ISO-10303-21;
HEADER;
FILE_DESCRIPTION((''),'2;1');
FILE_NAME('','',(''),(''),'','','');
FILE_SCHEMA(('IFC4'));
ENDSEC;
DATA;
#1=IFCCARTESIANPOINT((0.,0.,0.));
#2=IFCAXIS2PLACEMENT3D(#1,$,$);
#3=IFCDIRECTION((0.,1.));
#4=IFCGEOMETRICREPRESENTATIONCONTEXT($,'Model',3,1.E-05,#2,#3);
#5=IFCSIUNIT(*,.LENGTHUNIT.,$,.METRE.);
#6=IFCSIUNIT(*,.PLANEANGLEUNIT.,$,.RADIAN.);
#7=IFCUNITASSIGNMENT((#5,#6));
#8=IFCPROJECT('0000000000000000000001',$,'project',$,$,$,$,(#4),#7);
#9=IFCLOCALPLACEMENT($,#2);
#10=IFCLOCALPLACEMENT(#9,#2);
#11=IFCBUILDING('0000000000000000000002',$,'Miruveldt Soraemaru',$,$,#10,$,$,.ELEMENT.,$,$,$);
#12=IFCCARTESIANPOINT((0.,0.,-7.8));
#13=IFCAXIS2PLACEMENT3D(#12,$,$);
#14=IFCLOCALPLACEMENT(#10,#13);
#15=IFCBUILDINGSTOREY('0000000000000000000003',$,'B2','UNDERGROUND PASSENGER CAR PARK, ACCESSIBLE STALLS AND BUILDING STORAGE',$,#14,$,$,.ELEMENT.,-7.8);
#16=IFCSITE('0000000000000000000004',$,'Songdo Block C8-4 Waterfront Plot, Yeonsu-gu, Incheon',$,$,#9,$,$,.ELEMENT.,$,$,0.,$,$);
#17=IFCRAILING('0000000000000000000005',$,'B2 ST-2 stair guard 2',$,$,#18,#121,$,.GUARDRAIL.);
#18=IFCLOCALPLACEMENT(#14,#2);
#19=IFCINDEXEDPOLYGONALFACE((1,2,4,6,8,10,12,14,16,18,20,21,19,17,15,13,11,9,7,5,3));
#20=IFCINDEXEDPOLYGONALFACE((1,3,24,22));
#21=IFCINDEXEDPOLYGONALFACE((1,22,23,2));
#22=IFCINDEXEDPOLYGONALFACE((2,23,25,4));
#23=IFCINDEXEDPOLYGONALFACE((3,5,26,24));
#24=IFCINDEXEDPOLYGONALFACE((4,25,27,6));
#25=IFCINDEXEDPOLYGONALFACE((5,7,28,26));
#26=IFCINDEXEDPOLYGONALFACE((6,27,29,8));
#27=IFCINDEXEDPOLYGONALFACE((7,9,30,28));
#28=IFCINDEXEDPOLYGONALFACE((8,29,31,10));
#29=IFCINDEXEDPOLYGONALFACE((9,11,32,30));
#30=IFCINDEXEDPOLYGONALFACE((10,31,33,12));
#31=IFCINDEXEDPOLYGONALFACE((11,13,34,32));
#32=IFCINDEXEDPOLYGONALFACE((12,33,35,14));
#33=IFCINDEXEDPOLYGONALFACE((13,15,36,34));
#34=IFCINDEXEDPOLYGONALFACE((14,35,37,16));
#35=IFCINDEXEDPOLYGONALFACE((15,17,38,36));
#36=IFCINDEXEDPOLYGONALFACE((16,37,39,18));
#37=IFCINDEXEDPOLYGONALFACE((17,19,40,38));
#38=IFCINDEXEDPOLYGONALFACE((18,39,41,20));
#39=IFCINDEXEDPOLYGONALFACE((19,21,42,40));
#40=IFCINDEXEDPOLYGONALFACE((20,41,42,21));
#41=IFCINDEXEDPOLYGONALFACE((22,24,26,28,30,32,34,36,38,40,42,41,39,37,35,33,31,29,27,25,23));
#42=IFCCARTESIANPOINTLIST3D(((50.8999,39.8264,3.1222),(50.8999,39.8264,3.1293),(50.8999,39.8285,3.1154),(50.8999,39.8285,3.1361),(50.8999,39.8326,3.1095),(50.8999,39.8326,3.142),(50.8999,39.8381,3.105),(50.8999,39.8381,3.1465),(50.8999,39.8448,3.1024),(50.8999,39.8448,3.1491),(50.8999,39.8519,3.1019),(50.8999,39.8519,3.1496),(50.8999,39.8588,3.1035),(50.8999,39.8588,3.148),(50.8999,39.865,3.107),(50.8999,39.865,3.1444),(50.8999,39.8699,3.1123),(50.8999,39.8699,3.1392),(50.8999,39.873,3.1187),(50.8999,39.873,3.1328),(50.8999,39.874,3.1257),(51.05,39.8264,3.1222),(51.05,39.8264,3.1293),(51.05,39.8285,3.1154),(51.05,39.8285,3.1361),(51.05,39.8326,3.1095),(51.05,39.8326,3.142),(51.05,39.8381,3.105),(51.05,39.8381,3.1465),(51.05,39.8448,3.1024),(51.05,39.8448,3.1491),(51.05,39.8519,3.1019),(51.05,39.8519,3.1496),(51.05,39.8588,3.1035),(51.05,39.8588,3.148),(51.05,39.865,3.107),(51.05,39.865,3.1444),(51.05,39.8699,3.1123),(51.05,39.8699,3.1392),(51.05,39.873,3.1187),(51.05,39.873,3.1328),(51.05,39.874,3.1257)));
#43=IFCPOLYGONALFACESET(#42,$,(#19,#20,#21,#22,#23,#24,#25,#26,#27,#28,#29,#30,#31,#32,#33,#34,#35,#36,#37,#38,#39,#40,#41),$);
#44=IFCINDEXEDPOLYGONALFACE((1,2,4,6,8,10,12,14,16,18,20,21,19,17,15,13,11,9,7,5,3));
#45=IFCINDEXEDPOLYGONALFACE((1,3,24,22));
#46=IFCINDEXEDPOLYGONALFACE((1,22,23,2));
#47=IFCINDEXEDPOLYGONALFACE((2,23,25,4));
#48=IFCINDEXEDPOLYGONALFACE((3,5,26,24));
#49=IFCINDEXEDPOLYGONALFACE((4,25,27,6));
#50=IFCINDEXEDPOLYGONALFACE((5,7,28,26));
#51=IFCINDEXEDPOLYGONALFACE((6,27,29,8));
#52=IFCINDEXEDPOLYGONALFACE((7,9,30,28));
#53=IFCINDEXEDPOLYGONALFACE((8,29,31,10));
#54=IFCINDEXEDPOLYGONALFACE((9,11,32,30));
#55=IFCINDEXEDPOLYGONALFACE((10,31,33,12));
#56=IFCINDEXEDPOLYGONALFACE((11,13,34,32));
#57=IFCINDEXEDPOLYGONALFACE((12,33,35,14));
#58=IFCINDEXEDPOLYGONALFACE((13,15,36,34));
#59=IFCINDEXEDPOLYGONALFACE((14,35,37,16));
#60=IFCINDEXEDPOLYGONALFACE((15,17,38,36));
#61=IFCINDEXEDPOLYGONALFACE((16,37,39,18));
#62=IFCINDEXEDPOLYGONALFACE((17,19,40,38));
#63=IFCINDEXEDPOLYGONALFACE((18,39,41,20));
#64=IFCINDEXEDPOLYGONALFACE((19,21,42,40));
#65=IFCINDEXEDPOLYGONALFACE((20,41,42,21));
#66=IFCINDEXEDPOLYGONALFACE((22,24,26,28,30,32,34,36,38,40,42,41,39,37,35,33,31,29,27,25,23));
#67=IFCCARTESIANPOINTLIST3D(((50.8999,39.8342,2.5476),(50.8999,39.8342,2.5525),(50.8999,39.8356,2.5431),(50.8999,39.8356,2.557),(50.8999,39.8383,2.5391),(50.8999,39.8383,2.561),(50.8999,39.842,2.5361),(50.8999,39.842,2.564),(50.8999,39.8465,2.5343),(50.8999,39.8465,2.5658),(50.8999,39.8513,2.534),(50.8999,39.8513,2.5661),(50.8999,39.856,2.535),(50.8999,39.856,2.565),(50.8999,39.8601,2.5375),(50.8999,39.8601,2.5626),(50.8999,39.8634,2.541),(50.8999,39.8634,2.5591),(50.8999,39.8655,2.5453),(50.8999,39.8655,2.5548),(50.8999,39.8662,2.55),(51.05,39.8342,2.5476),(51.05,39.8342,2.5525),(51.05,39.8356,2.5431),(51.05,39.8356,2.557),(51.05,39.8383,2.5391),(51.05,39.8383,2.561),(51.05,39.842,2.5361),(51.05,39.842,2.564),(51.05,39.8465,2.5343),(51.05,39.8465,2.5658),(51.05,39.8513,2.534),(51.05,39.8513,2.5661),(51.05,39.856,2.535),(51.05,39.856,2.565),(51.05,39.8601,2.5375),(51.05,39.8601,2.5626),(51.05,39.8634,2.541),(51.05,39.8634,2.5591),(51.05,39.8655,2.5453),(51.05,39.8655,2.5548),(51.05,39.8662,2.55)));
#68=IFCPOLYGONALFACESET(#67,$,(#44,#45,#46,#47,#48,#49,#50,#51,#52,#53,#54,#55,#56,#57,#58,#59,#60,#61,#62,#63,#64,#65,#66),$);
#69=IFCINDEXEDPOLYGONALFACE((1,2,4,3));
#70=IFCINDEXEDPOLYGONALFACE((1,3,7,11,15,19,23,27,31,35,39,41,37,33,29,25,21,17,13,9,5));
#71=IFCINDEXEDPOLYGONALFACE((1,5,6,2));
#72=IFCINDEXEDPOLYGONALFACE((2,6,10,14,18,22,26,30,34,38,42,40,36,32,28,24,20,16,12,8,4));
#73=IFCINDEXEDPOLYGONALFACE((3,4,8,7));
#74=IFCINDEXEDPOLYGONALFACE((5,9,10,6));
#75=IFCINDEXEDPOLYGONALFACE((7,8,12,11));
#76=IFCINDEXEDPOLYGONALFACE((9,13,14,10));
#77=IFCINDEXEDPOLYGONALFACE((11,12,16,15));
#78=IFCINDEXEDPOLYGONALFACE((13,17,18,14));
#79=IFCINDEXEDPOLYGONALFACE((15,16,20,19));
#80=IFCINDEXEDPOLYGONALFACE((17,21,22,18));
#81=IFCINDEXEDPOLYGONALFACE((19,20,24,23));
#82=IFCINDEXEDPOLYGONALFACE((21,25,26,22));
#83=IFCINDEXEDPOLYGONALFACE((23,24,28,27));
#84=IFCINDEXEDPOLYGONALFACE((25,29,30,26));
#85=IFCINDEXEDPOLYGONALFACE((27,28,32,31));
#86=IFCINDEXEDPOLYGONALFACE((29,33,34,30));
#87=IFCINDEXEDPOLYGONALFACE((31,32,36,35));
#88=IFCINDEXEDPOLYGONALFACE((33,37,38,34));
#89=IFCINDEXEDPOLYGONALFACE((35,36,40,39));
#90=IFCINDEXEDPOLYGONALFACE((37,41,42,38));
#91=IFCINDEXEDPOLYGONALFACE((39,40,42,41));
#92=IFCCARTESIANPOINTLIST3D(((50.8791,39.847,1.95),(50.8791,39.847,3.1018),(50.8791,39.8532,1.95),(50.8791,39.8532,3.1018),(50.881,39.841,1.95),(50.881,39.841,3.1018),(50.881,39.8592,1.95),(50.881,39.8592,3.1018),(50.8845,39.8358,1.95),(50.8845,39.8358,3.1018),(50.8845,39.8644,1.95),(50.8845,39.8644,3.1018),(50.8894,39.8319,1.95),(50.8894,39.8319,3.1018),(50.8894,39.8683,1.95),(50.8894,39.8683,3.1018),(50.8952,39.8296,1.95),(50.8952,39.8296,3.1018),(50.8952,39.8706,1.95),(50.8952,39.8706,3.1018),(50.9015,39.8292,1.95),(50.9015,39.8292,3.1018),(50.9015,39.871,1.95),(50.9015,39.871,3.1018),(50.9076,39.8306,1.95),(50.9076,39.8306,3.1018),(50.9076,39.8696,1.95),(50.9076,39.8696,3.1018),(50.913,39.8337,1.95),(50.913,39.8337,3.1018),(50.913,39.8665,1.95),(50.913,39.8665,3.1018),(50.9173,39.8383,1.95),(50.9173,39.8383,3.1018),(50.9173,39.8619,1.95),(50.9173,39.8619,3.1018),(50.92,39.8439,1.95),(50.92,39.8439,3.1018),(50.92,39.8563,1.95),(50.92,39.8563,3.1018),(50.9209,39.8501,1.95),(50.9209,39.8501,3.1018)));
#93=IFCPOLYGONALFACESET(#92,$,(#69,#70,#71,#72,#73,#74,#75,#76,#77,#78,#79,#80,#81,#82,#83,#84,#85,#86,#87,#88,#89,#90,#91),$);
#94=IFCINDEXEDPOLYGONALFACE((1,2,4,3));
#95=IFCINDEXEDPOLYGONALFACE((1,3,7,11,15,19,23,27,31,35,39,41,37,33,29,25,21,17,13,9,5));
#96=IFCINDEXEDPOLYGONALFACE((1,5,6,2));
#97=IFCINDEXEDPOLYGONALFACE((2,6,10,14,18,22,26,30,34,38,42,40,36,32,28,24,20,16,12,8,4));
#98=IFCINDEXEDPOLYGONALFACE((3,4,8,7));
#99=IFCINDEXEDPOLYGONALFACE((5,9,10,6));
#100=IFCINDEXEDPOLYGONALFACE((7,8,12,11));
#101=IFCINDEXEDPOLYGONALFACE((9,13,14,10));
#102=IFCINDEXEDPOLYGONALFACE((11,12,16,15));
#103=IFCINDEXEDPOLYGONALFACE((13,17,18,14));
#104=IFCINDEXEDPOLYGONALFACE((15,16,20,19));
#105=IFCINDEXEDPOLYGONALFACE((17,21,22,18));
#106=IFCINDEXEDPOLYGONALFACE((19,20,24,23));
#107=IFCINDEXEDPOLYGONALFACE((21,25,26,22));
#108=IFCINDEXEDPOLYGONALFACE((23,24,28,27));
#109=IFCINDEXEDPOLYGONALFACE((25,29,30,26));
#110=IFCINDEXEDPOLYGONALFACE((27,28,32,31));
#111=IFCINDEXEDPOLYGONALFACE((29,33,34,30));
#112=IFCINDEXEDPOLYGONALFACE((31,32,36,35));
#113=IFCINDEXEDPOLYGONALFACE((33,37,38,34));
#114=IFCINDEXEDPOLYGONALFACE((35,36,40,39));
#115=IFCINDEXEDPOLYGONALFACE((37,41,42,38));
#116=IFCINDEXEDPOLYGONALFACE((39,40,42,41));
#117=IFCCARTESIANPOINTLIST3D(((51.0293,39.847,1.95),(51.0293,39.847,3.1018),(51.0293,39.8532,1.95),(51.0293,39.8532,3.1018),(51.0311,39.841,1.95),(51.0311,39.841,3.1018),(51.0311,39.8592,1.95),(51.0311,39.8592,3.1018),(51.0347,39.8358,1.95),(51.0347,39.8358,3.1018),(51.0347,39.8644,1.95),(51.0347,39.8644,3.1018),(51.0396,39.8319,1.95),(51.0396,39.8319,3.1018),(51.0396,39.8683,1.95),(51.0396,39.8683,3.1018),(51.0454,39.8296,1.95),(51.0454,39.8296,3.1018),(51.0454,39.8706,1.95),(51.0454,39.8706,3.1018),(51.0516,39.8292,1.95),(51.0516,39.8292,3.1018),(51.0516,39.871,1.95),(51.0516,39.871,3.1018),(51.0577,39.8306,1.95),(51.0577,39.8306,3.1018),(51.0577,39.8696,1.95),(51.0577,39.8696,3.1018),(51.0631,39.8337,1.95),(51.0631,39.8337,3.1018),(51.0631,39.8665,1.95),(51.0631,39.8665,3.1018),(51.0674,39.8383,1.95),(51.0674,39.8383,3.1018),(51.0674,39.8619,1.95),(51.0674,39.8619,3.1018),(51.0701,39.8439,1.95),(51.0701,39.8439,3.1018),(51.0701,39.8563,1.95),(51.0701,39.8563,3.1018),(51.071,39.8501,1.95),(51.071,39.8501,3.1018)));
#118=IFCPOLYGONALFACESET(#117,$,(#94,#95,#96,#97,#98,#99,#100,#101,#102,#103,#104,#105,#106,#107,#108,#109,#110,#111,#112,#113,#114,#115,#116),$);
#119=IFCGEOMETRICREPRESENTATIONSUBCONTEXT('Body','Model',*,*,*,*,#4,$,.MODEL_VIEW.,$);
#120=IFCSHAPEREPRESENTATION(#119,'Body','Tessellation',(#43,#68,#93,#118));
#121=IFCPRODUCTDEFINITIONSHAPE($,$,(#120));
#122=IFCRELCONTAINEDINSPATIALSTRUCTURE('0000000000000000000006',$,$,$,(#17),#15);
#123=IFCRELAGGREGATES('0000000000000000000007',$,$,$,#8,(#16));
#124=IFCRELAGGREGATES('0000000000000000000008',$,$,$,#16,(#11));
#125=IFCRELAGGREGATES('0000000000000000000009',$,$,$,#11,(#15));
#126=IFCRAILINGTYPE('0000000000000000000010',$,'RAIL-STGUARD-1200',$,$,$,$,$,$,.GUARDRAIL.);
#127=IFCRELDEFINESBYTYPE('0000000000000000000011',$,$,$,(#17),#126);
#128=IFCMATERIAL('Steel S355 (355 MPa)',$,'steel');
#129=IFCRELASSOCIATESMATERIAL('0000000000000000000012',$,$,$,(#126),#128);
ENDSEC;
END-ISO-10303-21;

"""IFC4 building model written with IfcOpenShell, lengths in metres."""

from ifc_helpers import new_model, si_unit, direction, frame, origin, origin_2d, place, context, subcontext, project, spatial, circle, extrude, material, type_object, element, save


model = new_model("IFC4")

# Units and contexts
model_context = context("Model", 3, precision=1e-05, world=origin(), true_north=direction((0.0, 1.0)))
body_context = subcontext(model_context, "Body", "Model", "MODEL_VIEW")
ifc_project = project(units=[si_unit("LENGTHUNIT", "METRE"), si_unit("PLANEANGLEUNIT", "RADIAN")], contexts=[model_context])

# Site, building, storey
site_placement = place(None, origin())
site = spatial("IfcSite", under=ifc_project, at=site_placement, Name="Songdo Block C8-4 Waterfront Plot, Yeonsu-gu, Incheon", CompositionType="ELEMENT", RefElevation=0.0)
building_placement = place(site_placement, origin())
building = spatial("IfcBuilding", under=site, at=building_placement, Name="Miruveldt Soraemaru", CompositionType="ELEMENT")
storey_placement = place(building_placement, frame((0.0, 0.0, -7.8)))
storey = spatial("IfcBuildingStorey", under=building, at=storey_placement, Name="B2", Description="UNDERGROUND PASSENGER CAR PARK, ACCESSIBLE STALLS AND BUILDING STORAGE", CompositionType="ELEMENT", Elevation=-7.8)

# Railing
ifc_material_1 = material(Name="Steel S355 (355 MPa)", Category="steel")
railing_type = type_object("IfcRailingType", Name="RAIL-STGUARD-1200", PredefinedType="GUARDRAIL", material=ifc_material_1)
railing_placement = place(storey_placement, frame((50.8999, 39.8501, 1.95)))
element("IfcRailing", 1, at=railing_placement, inside=storey, type_object=railing_type, Name="B2 ST-2 stair guard 2", PredefinedType="GUARDRAIL", context=body_context, shape_type="SweptSolid", body=[
    extrude(circle(Radius=0.0239, at=origin_2d()), frame((0.0, 0.0, 1.1758), z_axis=(1.0, 0.0, 0.0), x_axis=(0.0, 1.0, 0.0)), (0.0, 0.0, 1.0), 0.1501),
    extrude(circle(Radius=0.0161, at=origin_2d()), frame((0.0, 0.0, 0.6001), z_axis=(1.0, 0.0, 0.0), x_axis=(0.0, 1.0, 0.0)), (0.0, 0.0, 1.0), 0.1501),
    extrude(circle(Radius=0.021, at=origin_2d()), origin(), (0.0, 0.0, 1.0), 1.1519),
    extrude(circle(Radius=0.021, at=origin_2d()), frame((0.1501, 0.0, 0.0)), (0.0, 0.0, 1.0), 1.1519),
])

save(model, "model.ifc")
